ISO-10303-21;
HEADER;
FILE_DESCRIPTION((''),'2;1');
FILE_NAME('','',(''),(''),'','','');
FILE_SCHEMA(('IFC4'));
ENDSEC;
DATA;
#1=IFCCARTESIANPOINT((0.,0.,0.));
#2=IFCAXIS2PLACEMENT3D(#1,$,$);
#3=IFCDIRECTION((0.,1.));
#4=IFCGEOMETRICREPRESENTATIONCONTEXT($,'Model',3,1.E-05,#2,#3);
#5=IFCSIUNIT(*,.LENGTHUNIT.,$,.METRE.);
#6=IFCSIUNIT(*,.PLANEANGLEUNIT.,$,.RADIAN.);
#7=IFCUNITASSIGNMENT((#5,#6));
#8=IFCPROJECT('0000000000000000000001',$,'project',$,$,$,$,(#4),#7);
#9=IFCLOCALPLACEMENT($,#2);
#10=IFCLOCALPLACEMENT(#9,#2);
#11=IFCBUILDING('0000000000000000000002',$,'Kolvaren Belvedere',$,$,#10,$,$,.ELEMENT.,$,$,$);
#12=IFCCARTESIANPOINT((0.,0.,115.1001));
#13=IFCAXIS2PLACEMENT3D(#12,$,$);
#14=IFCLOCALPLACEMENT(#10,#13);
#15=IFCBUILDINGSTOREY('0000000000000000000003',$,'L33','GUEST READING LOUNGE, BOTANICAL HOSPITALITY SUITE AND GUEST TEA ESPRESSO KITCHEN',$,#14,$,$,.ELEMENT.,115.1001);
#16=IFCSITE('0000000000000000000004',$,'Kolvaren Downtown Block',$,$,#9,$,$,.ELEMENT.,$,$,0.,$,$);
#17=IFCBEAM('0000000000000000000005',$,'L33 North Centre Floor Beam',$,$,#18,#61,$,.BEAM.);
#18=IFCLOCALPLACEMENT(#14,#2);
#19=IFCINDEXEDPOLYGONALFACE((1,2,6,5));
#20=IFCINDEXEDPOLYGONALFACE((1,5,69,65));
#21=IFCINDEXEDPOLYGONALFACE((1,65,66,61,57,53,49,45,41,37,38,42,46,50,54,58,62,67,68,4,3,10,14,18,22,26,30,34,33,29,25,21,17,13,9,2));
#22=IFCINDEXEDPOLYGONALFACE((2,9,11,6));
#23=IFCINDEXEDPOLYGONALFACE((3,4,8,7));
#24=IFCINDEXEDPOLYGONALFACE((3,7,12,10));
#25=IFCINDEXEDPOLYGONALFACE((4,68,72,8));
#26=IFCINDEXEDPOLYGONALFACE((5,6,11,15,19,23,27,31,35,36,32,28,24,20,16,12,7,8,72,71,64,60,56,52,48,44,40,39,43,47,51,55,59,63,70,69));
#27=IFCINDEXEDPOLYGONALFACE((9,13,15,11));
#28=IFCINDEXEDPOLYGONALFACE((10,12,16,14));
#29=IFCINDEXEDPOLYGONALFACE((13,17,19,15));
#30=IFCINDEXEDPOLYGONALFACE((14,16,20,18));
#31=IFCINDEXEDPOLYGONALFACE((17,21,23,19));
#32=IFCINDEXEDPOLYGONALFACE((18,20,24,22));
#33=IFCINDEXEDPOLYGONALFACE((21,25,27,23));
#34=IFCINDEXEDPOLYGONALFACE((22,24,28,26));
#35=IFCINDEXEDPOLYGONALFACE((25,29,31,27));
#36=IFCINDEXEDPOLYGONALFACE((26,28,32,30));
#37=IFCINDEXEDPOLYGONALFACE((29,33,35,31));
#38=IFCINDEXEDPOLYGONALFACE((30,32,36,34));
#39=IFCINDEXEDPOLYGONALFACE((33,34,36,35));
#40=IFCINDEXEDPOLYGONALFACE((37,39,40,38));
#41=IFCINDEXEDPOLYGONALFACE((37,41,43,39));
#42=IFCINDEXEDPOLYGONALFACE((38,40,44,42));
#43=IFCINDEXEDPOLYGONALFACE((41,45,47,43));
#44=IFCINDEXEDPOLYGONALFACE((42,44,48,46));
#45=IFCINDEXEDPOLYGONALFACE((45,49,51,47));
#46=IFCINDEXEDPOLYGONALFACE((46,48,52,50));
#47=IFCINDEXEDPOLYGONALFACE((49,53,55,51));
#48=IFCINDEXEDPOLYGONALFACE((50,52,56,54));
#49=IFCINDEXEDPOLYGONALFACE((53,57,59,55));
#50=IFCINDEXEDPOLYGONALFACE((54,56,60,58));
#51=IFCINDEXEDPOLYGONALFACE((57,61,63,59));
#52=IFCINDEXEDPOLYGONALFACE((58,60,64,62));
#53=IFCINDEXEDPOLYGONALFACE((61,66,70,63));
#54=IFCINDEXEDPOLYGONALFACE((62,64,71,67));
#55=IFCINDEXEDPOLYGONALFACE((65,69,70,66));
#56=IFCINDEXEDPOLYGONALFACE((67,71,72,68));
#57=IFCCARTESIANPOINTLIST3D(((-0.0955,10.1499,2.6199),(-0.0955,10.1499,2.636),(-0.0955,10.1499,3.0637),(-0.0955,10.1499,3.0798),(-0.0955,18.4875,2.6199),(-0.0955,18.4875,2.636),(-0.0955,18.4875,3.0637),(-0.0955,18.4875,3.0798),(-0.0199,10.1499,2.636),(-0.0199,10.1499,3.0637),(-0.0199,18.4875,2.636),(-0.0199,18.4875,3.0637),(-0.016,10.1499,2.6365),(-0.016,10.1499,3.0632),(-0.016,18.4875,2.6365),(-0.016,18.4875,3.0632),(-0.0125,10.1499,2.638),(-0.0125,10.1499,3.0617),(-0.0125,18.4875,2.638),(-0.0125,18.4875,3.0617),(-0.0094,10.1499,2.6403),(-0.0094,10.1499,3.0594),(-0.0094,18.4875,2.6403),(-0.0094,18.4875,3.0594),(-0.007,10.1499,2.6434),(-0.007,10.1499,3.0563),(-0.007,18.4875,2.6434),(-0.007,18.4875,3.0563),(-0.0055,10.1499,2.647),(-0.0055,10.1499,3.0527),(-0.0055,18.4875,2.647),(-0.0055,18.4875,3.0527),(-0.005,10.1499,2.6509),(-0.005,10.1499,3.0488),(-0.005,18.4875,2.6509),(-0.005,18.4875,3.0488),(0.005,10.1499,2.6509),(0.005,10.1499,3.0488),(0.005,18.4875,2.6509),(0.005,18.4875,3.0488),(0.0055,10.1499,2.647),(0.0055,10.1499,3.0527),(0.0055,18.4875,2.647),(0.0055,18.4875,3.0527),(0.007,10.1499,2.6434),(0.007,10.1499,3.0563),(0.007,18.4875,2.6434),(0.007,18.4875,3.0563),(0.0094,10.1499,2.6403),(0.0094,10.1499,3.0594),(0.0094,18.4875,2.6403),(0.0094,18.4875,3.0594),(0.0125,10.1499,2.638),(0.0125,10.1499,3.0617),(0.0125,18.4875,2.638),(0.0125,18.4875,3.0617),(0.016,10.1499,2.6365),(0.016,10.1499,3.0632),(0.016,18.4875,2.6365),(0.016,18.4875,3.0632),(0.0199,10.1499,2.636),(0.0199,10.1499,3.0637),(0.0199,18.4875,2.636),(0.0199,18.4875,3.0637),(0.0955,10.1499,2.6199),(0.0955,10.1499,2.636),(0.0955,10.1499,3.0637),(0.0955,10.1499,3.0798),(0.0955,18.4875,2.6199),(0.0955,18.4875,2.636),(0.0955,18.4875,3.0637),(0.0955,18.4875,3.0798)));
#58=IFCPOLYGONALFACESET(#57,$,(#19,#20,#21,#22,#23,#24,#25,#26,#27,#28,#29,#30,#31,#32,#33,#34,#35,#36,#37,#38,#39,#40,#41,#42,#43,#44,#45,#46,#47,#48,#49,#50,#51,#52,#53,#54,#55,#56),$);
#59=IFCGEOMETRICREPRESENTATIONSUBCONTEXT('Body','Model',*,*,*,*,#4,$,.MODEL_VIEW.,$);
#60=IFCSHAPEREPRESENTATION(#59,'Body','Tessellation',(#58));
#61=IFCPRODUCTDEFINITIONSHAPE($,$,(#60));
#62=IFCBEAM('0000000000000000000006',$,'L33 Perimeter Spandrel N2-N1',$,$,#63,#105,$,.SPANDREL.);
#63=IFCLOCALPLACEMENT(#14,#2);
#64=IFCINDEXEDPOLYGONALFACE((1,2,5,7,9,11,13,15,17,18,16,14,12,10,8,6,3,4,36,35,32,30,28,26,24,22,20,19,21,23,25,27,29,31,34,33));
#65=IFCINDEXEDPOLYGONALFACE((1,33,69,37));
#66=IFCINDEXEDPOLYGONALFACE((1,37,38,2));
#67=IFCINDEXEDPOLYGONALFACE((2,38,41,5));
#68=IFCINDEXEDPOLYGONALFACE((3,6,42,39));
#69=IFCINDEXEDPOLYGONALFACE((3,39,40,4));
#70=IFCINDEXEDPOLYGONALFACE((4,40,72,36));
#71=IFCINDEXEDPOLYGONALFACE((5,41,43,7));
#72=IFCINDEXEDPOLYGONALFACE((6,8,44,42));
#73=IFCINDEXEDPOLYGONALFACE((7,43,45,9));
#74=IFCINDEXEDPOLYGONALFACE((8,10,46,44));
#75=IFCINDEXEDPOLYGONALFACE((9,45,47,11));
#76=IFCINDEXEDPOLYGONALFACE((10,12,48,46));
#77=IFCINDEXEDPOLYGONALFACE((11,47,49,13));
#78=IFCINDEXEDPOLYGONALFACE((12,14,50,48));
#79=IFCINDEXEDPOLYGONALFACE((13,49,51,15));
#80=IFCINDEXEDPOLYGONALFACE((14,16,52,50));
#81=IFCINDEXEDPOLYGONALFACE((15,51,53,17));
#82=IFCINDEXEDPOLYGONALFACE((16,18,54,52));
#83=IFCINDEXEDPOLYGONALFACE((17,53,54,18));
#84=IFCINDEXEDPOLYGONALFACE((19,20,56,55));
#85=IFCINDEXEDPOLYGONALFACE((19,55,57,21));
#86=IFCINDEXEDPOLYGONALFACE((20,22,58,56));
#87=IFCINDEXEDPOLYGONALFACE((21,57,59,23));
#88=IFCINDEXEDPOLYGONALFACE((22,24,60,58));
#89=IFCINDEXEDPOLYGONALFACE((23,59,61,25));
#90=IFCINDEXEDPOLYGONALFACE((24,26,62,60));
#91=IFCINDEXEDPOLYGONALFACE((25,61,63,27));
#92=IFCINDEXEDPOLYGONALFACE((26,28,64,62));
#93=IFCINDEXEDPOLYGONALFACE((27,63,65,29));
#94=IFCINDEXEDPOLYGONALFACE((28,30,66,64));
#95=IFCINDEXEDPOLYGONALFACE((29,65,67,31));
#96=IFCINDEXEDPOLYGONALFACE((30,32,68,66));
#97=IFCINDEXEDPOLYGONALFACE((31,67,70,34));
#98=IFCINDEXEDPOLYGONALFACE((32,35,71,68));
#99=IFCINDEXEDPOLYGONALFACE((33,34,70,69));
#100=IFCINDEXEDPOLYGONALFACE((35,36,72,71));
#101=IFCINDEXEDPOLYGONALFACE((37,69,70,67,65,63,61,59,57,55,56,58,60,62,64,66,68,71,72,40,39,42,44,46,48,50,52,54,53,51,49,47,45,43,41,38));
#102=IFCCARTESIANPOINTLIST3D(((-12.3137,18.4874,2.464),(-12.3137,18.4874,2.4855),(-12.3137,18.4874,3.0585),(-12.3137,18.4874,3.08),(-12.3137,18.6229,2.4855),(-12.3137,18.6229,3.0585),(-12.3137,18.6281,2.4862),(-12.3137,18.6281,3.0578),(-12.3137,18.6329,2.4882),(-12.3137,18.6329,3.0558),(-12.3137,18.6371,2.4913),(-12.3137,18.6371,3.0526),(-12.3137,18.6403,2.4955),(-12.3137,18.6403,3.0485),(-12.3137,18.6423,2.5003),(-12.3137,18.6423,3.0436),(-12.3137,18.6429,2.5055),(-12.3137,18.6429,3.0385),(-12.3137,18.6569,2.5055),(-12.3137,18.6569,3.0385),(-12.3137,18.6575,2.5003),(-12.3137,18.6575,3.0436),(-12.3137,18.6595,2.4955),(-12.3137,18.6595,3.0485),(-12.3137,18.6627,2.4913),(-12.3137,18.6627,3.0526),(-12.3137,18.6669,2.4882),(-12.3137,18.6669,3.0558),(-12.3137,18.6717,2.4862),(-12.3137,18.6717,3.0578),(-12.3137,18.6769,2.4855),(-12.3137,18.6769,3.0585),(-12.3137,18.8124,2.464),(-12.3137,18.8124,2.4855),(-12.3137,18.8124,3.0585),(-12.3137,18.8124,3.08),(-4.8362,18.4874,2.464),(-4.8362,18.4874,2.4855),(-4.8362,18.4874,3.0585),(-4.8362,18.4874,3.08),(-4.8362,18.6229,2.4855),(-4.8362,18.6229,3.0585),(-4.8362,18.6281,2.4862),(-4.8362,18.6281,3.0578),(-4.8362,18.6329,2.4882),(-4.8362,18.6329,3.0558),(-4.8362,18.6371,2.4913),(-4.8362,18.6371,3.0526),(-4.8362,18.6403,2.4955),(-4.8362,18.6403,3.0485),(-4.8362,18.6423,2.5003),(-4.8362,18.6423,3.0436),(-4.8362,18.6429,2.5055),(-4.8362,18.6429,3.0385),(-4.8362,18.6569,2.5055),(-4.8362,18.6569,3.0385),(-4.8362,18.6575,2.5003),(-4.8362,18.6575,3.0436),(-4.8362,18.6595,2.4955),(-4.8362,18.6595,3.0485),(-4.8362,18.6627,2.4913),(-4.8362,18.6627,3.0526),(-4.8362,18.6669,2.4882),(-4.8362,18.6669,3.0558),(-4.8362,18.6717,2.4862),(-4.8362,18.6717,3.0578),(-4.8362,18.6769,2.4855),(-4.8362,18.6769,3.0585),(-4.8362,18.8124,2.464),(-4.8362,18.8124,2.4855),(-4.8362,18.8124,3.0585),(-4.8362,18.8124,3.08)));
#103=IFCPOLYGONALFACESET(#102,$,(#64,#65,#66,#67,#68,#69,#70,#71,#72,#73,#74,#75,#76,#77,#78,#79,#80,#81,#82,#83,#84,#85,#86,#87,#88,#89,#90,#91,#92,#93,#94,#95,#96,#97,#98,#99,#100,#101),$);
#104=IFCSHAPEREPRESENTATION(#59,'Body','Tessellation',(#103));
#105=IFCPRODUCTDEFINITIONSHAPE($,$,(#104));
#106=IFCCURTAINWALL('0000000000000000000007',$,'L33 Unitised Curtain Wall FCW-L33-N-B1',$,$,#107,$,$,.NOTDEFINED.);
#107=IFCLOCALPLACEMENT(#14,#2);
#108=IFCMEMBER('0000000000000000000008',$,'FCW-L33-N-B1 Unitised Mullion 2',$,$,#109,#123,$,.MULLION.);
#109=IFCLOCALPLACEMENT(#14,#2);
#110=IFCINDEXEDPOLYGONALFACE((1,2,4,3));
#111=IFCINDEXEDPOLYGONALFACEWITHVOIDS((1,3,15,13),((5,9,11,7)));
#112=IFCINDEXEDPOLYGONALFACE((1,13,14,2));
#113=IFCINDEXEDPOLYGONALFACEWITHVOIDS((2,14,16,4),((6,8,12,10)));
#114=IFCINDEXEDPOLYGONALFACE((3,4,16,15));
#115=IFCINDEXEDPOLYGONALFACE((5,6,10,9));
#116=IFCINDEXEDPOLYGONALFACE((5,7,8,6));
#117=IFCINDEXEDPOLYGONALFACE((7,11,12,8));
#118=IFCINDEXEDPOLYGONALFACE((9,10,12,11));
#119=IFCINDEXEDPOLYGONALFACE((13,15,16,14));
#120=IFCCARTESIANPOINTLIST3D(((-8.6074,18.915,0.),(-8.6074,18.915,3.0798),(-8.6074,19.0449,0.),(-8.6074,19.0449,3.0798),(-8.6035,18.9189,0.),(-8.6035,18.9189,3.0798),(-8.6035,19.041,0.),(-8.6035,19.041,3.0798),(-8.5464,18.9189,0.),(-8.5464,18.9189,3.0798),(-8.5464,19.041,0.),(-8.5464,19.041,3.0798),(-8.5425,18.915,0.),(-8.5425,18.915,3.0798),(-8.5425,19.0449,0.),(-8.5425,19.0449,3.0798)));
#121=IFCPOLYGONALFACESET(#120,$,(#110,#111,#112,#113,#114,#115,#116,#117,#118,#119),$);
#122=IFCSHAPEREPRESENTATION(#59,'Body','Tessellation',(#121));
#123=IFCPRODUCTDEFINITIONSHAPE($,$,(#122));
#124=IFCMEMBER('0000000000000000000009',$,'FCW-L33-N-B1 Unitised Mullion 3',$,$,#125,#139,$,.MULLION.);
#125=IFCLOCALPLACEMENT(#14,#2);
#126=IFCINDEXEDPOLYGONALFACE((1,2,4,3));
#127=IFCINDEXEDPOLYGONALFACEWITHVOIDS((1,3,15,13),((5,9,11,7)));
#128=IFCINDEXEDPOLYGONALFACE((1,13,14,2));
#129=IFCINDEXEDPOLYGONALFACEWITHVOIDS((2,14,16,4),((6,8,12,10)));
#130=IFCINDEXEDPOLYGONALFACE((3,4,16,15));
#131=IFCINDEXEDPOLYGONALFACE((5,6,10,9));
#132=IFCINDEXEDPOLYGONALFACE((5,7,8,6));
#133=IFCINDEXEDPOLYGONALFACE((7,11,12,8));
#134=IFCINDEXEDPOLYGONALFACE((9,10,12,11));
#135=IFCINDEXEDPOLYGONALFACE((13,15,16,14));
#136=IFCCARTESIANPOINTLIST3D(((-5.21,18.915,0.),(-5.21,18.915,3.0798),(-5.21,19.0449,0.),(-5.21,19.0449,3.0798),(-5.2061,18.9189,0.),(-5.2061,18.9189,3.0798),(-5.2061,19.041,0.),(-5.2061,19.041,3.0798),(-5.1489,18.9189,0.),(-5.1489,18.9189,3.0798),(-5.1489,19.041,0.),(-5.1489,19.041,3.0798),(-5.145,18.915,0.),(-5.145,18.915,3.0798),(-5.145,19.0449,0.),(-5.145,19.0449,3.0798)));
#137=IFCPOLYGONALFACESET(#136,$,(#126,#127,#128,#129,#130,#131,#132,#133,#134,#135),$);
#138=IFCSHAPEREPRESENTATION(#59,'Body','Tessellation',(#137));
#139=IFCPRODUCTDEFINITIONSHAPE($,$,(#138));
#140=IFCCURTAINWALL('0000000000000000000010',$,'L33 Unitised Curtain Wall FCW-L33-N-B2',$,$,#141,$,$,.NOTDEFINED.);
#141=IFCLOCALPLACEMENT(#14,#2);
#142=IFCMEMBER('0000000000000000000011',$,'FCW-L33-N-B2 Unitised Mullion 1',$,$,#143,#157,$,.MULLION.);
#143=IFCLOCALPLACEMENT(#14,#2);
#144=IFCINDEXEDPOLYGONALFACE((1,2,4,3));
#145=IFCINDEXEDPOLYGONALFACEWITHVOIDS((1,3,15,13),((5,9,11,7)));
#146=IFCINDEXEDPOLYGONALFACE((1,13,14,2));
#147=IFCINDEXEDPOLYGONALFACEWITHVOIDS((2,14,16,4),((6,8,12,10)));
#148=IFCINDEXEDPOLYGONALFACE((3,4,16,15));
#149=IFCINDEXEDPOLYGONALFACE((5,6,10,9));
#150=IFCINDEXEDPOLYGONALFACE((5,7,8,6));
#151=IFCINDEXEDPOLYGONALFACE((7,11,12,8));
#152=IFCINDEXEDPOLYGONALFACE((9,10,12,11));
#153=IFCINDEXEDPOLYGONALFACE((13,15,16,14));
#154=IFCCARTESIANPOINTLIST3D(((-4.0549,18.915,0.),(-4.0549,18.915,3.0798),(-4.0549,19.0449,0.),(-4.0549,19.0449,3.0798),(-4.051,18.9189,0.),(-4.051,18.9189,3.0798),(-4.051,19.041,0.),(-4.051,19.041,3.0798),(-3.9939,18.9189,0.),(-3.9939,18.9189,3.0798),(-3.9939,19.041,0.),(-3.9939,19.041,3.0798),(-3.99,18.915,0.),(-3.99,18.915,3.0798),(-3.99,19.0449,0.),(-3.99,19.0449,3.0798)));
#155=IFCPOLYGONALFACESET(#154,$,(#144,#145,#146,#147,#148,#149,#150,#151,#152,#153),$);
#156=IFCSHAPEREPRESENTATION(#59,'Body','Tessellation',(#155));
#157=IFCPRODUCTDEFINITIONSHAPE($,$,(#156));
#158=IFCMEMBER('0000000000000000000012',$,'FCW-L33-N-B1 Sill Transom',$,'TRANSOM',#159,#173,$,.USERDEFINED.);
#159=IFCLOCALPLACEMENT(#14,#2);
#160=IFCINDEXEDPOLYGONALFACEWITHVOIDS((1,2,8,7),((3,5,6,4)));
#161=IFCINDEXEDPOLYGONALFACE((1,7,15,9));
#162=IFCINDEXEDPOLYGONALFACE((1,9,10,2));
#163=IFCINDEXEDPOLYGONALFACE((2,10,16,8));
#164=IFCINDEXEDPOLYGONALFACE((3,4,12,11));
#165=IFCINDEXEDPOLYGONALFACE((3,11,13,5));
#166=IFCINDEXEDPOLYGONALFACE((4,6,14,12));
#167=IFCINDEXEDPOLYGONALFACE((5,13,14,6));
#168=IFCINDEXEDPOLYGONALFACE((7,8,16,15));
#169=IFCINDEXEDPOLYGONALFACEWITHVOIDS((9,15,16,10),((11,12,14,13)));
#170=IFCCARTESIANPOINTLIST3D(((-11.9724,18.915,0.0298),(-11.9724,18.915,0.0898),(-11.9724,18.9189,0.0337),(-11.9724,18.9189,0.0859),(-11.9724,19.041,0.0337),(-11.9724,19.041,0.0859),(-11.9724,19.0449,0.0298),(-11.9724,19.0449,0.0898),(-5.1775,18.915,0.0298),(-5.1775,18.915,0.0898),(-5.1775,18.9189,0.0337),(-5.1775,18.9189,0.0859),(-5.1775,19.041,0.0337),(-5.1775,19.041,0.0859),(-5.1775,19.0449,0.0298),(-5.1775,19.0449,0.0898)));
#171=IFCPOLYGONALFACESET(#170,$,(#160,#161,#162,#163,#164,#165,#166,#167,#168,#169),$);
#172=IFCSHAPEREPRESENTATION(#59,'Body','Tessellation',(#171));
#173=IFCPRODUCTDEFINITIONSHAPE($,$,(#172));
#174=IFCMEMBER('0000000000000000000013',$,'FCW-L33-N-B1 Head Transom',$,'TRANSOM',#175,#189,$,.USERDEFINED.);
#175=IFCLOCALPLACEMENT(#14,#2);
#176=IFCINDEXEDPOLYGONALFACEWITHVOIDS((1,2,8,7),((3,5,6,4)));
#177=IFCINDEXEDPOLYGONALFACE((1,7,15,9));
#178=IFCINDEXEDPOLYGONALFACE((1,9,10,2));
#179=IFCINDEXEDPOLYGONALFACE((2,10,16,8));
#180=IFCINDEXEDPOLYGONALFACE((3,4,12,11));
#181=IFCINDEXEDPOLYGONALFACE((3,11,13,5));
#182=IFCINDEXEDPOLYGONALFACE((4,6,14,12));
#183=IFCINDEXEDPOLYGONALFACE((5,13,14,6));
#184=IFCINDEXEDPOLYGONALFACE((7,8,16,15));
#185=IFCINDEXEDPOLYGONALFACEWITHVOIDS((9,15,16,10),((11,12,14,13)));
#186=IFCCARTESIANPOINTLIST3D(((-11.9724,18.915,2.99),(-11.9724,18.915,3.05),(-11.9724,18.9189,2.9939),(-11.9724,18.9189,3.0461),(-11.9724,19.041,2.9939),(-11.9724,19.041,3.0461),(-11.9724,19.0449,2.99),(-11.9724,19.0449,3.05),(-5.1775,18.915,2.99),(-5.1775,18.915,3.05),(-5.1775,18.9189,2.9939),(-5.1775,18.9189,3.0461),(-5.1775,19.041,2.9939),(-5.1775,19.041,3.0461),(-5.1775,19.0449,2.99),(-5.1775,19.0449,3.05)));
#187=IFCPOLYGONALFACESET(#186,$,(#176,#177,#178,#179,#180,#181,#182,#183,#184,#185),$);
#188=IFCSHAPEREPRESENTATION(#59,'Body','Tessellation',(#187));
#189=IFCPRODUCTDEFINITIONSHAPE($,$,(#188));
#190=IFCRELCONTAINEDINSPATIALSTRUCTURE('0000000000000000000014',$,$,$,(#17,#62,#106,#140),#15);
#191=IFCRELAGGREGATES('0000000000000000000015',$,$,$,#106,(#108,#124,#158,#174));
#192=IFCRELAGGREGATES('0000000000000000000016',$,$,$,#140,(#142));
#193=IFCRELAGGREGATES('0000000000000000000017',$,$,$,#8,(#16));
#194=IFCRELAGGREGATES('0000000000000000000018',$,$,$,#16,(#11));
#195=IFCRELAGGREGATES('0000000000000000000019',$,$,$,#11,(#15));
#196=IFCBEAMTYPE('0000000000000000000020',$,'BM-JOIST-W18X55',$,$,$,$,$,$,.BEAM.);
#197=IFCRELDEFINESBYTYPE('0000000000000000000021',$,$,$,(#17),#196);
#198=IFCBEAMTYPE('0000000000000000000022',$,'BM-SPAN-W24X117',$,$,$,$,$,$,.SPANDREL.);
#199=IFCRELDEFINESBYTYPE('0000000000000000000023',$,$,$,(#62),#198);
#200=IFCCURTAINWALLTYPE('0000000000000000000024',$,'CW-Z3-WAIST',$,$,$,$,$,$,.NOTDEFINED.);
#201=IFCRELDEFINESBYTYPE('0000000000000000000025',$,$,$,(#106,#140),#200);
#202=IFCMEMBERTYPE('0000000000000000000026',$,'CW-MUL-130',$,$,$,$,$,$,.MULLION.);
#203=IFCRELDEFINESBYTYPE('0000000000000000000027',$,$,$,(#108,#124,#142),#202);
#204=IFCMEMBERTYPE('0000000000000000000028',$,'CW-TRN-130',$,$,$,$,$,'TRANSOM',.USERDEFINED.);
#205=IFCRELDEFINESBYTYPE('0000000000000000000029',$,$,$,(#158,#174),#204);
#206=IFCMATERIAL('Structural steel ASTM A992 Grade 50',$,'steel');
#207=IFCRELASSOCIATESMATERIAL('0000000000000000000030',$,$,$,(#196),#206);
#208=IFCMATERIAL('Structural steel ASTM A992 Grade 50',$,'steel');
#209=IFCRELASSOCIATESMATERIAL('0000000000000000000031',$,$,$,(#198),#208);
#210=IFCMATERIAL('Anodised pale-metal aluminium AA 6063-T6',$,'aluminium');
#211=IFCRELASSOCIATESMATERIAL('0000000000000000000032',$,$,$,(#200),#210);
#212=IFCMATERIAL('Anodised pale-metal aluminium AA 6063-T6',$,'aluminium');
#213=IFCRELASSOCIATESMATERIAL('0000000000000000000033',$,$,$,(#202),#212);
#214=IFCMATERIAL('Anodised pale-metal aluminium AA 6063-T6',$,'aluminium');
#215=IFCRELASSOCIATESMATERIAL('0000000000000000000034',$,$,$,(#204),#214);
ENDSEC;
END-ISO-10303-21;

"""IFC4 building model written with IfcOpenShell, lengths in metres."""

from ifc_helpers import new_model, si_unit, direction, frame, origin, origin_2d, place, context, subcontext, project, spatial, hollow_rectangle, i_section, extrude, material, material_profile, profile_set, type_object, element, aggregate, save


model = new_model("IFC4")

# Units and contexts
model_context = context("Model", 3, precision=1e-05, world=origin(), true_north=direction((0.0, 1.0)))
body_context = subcontext(model_context, "Body", "Model", "MODEL_VIEW")
ifc_project = project(units=[si_unit("LENGTHUNIT", "METRE"), si_unit("PLANEANGLEUNIT", "RADIAN")], contexts=[model_context])

# Site, building, storey
site_placement = place(None, origin())
site = spatial("IfcSite", under=ifc_project, at=site_placement, Name="Kolvaren Downtown Block", CompositionType="ELEMENT", RefElevation=0.0)
building_placement = place(site_placement, origin())
building = spatial("IfcBuilding", under=site, at=building_placement, Name="Kolvaren Belvedere", CompositionType="ELEMENT")
storey_placement = place(building_placement, frame((0.0, 0.0, 115.1001)))
storey = spatial("IfcBuildingStorey", under=building, at=storey_placement, Name="L33", Description="GUEST READING LOUNGE, BOTANICAL HOSPITALITY SUITE AND GUEST TEA ESPRESSO KITCHEN", CompositionType="ELEMENT", Elevation=115.1001)

# Beams
ifc_material_1 = material(Name="Structural steel ASTM A992 Grade 50", Category="steel")
ifc_material_profile_1 = material_profile(ifc_material_1, i_section(OverallWidth=0.1909, OverallDepth=0.46, WebThickness=0.01, FlangeThickness=0.0161, FilletRadius=0.0149, at=origin_2d()), Name="W18X55")
ifc_profile_set_1 = profile_set([ifc_material_profile_1], Name="Structural steel ASTM A992 Grade 50")
beam_type_1 = type_object("IfcBeamType", Name="BM-JOIST-W18X55", PredefinedType="BEAM", material=ifc_profile_set_1)
beam_1_placement = place(storey_placement, frame((0.0, 10.1499, 2.8499), z_axis=(0.0, 1.0, 0.0), x_axis=(-1.0, 0.0, 0.0)))
element("IfcBeam", 1, at=beam_1_placement, inside=storey, type_object=beam_type_1, Name="L33 North Centre Floor Beam", PredefinedType="BEAM", context=body_context, shape_type="SweptSolid", body=[
    extrude(i_section(OverallWidth=0.1909, OverallDepth=0.46, WebThickness=0.01, FlangeThickness=0.0161, FilletRadius=0.0149, at=origin_2d()), origin(), (0.0, 0.0, 1.0), 8.3376),
])
ifc_material_2 = material(Name="Structural steel ASTM A992 Grade 50", Category="steel")
ifc_material_profile_2 = material_profile(ifc_material_2, i_section(OverallWidth=0.325, OverallDepth=0.616, WebThickness=0.0139, FlangeThickness=0.0215, FilletRadius=0.02, at=origin_2d()), Name="W24X117")
ifc_profile_set_2 = profile_set([ifc_material_profile_2], Name="Structural steel ASTM A992 Grade 50")
beam_type_2 = type_object("IfcBeamType", Name="BM-SPAN-W24X117", PredefinedType="SPANDREL", material=ifc_profile_set_2)
beam_2_placement = place(storey_placement, frame((-4.8362, 18.6499, 2.772), z_axis=(-1.0, 0.0, 0.0), x_axis=(0.0, -1.0, 0.0)))
element("IfcBeam", 2, at=beam_2_placement, inside=storey, type_object=beam_type_2, Name="L33 Perimeter Spandrel N2-N1", PredefinedType="SPANDREL", context=body_context, shape_type="SweptSolid", body=[
    extrude(i_section(OverallWidth=0.325, OverallDepth=0.616, WebThickness=0.0139, FlangeThickness=0.0215, FilletRadius=0.02, at=origin_2d()), origin(), (0.0, 0.0, 1.0), 7.4775),
])

# Curtain wall, members
ifc_material_3 = material(Name="Anodised pale-metal aluminium AA 6063-T6", Category="aluminium")
curtain_wall_type = type_object("IfcCurtainWallType", Name="CW-Z3-WAIST", PredefinedType="NOTDEFINED", material=ifc_material_3)
curtain_wall_1_placement = place(storey_placement, origin())
curtain_wall_1 = element("IfcCurtainWall", 3, at=curtain_wall_1_placement, inside=storey, type_object=curtain_wall_type, Name="L33 Unitised Curtain Wall FCW-L33-N-B1", PredefinedType="NOTDEFINED")
ifc_material_4 = material(Name="Anodised pale-metal aluminium AA 6063-T6", Category="aluminium")
ifc_material_profile_3 = material_profile(ifc_material_4, hollow_rectangle(XDim=0.0649, YDim=0.1299, WallThickness=0.0039, at=origin_2d()), Name="ALU-MUL-130X65")
ifc_profile_set_3 = profile_set([ifc_material_profile_3], Name="Anodised pale-metal aluminium AA 6063-T6")
member_type_1 = type_object("IfcMemberType", Name="CW-MUL-130", PredefinedType="MULLION", material=ifc_profile_set_3)
member_1_placement = place(storey_placement, frame((-8.575, 18.98, 0.0), z_axis=(0.0, 0.0, 1.0), x_axis=(1.0, 0.0, 0.0)))
member_1 = element("IfcMember", 4, at=member_1_placement, type_object=member_type_1, Name="FCW-L33-N-B1 Unitised Mullion 2", PredefinedType="MULLION", context=body_context, shape_type="SweptSolid", body=[
    extrude(hollow_rectangle(XDim=0.0649, YDim=0.1299, WallThickness=0.0039, at=origin_2d()), origin(), (0.0, 0.0, 1.0), 3.0798),
])
member_2_placement = place(storey_placement, frame((-5.1775, 18.98, 0.0), z_axis=(0.0, 0.0, 1.0), x_axis=(1.0, 0.0, 0.0)))
member_2 = element("IfcMember", 5, at=member_2_placement, type_object=member_type_1, Name="FCW-L33-N-B1 Unitised Mullion 3", PredefinedType="MULLION", context=body_context, shape_type="SweptSolid", body=[
    extrude(hollow_rectangle(XDim=0.0649, YDim=0.1299, WallThickness=0.0039, at=origin_2d()), origin(), (0.0, 0.0, 1.0), 3.0798),
])

# Curtain wall, member
curtain_wall_2_placement = place(storey_placement, origin())
curtain_wall_2 = element("IfcCurtainWall", 6, at=curtain_wall_2_placement, inside=storey, type_object=curtain_wall_type, Name="L33 Unitised Curtain Wall FCW-L33-N-B2", PredefinedType="NOTDEFINED")
member_3_placement = place(storey_placement, frame((-4.0225, 18.98, 0.0), z_axis=(0.0, 0.0, 1.0), x_axis=(1.0, 0.0, 0.0)))
member_3 = element("IfcMember", 7, at=member_3_placement, type_object=member_type_1, Name="FCW-L33-N-B2 Unitised Mullion 1", PredefinedType="MULLION", context=body_context, shape_type="SweptSolid", body=[
    extrude(hollow_rectangle(XDim=0.0649, YDim=0.1299, WallThickness=0.0039, at=origin_2d()), origin(), (0.0, 0.0, 1.0), 3.0798),
])

# Members
ifc_material_5 = material(Name="Anodised pale-metal aluminium AA 6063-T6", Category="aluminium")
ifc_material_profile_4 = material_profile(ifc_material_5, hollow_rectangle(XDim=0.0601, YDim=0.1299, WallThickness=0.0039, at=origin_2d()), Name="ALU-TRN-130X60")
ifc_profile_set_4 = profile_set([ifc_material_profile_4], Name="Anodised pale-metal aluminium AA 6063-T6")
member_type_2 = type_object("IfcMemberType", Name="CW-TRN-130", ElementType="TRANSOM", PredefinedType="USERDEFINED", material=ifc_profile_set_4)
member_4_placement = place(storey_placement, frame((-11.9724, 18.98, 0.0598), z_axis=(1.0, 0.0, 0.0), x_axis=(0.0, 0.0, 1.0)))
member_4 = element("IfcMember", 8, at=member_4_placement, type_object=member_type_2, Name="FCW-L33-N-B1 Sill Transom", ObjectType="TRANSOM", PredefinedType="USERDEFINED", context=body_context, shape_type="SweptSolid", body=[
    extrude(hollow_rectangle(XDim=0.0601, YDim=0.1299, WallThickness=0.0039, at=origin_2d()), origin(), (0.0, 0.0, 1.0), 6.7949),
])
member_5_placement = place(storey_placement, frame((-11.9724, 18.98, 3.02), z_axis=(1.0, 0.0, 0.0), x_axis=(0.0, 0.0, 1.0)))
member_5 = element("IfcMember", 9, at=member_5_placement, type_object=member_type_2, Name="FCW-L33-N-B1 Head Transom", ObjectType="TRANSOM", PredefinedType="USERDEFINED", context=body_context, shape_type="SweptSolid", body=[
    extrude(hollow_rectangle(XDim=0.0601, YDim=0.1299, WallThickness=0.0039, at=origin_2d()), origin(), (0.0, 0.0, 1.0), 6.7949),
])

aggregate(curtain_wall_1, [member_1, member_2, member_4, member_5])
aggregate(curtain_wall_2, [member_3])

save(model, "model.ifc")
